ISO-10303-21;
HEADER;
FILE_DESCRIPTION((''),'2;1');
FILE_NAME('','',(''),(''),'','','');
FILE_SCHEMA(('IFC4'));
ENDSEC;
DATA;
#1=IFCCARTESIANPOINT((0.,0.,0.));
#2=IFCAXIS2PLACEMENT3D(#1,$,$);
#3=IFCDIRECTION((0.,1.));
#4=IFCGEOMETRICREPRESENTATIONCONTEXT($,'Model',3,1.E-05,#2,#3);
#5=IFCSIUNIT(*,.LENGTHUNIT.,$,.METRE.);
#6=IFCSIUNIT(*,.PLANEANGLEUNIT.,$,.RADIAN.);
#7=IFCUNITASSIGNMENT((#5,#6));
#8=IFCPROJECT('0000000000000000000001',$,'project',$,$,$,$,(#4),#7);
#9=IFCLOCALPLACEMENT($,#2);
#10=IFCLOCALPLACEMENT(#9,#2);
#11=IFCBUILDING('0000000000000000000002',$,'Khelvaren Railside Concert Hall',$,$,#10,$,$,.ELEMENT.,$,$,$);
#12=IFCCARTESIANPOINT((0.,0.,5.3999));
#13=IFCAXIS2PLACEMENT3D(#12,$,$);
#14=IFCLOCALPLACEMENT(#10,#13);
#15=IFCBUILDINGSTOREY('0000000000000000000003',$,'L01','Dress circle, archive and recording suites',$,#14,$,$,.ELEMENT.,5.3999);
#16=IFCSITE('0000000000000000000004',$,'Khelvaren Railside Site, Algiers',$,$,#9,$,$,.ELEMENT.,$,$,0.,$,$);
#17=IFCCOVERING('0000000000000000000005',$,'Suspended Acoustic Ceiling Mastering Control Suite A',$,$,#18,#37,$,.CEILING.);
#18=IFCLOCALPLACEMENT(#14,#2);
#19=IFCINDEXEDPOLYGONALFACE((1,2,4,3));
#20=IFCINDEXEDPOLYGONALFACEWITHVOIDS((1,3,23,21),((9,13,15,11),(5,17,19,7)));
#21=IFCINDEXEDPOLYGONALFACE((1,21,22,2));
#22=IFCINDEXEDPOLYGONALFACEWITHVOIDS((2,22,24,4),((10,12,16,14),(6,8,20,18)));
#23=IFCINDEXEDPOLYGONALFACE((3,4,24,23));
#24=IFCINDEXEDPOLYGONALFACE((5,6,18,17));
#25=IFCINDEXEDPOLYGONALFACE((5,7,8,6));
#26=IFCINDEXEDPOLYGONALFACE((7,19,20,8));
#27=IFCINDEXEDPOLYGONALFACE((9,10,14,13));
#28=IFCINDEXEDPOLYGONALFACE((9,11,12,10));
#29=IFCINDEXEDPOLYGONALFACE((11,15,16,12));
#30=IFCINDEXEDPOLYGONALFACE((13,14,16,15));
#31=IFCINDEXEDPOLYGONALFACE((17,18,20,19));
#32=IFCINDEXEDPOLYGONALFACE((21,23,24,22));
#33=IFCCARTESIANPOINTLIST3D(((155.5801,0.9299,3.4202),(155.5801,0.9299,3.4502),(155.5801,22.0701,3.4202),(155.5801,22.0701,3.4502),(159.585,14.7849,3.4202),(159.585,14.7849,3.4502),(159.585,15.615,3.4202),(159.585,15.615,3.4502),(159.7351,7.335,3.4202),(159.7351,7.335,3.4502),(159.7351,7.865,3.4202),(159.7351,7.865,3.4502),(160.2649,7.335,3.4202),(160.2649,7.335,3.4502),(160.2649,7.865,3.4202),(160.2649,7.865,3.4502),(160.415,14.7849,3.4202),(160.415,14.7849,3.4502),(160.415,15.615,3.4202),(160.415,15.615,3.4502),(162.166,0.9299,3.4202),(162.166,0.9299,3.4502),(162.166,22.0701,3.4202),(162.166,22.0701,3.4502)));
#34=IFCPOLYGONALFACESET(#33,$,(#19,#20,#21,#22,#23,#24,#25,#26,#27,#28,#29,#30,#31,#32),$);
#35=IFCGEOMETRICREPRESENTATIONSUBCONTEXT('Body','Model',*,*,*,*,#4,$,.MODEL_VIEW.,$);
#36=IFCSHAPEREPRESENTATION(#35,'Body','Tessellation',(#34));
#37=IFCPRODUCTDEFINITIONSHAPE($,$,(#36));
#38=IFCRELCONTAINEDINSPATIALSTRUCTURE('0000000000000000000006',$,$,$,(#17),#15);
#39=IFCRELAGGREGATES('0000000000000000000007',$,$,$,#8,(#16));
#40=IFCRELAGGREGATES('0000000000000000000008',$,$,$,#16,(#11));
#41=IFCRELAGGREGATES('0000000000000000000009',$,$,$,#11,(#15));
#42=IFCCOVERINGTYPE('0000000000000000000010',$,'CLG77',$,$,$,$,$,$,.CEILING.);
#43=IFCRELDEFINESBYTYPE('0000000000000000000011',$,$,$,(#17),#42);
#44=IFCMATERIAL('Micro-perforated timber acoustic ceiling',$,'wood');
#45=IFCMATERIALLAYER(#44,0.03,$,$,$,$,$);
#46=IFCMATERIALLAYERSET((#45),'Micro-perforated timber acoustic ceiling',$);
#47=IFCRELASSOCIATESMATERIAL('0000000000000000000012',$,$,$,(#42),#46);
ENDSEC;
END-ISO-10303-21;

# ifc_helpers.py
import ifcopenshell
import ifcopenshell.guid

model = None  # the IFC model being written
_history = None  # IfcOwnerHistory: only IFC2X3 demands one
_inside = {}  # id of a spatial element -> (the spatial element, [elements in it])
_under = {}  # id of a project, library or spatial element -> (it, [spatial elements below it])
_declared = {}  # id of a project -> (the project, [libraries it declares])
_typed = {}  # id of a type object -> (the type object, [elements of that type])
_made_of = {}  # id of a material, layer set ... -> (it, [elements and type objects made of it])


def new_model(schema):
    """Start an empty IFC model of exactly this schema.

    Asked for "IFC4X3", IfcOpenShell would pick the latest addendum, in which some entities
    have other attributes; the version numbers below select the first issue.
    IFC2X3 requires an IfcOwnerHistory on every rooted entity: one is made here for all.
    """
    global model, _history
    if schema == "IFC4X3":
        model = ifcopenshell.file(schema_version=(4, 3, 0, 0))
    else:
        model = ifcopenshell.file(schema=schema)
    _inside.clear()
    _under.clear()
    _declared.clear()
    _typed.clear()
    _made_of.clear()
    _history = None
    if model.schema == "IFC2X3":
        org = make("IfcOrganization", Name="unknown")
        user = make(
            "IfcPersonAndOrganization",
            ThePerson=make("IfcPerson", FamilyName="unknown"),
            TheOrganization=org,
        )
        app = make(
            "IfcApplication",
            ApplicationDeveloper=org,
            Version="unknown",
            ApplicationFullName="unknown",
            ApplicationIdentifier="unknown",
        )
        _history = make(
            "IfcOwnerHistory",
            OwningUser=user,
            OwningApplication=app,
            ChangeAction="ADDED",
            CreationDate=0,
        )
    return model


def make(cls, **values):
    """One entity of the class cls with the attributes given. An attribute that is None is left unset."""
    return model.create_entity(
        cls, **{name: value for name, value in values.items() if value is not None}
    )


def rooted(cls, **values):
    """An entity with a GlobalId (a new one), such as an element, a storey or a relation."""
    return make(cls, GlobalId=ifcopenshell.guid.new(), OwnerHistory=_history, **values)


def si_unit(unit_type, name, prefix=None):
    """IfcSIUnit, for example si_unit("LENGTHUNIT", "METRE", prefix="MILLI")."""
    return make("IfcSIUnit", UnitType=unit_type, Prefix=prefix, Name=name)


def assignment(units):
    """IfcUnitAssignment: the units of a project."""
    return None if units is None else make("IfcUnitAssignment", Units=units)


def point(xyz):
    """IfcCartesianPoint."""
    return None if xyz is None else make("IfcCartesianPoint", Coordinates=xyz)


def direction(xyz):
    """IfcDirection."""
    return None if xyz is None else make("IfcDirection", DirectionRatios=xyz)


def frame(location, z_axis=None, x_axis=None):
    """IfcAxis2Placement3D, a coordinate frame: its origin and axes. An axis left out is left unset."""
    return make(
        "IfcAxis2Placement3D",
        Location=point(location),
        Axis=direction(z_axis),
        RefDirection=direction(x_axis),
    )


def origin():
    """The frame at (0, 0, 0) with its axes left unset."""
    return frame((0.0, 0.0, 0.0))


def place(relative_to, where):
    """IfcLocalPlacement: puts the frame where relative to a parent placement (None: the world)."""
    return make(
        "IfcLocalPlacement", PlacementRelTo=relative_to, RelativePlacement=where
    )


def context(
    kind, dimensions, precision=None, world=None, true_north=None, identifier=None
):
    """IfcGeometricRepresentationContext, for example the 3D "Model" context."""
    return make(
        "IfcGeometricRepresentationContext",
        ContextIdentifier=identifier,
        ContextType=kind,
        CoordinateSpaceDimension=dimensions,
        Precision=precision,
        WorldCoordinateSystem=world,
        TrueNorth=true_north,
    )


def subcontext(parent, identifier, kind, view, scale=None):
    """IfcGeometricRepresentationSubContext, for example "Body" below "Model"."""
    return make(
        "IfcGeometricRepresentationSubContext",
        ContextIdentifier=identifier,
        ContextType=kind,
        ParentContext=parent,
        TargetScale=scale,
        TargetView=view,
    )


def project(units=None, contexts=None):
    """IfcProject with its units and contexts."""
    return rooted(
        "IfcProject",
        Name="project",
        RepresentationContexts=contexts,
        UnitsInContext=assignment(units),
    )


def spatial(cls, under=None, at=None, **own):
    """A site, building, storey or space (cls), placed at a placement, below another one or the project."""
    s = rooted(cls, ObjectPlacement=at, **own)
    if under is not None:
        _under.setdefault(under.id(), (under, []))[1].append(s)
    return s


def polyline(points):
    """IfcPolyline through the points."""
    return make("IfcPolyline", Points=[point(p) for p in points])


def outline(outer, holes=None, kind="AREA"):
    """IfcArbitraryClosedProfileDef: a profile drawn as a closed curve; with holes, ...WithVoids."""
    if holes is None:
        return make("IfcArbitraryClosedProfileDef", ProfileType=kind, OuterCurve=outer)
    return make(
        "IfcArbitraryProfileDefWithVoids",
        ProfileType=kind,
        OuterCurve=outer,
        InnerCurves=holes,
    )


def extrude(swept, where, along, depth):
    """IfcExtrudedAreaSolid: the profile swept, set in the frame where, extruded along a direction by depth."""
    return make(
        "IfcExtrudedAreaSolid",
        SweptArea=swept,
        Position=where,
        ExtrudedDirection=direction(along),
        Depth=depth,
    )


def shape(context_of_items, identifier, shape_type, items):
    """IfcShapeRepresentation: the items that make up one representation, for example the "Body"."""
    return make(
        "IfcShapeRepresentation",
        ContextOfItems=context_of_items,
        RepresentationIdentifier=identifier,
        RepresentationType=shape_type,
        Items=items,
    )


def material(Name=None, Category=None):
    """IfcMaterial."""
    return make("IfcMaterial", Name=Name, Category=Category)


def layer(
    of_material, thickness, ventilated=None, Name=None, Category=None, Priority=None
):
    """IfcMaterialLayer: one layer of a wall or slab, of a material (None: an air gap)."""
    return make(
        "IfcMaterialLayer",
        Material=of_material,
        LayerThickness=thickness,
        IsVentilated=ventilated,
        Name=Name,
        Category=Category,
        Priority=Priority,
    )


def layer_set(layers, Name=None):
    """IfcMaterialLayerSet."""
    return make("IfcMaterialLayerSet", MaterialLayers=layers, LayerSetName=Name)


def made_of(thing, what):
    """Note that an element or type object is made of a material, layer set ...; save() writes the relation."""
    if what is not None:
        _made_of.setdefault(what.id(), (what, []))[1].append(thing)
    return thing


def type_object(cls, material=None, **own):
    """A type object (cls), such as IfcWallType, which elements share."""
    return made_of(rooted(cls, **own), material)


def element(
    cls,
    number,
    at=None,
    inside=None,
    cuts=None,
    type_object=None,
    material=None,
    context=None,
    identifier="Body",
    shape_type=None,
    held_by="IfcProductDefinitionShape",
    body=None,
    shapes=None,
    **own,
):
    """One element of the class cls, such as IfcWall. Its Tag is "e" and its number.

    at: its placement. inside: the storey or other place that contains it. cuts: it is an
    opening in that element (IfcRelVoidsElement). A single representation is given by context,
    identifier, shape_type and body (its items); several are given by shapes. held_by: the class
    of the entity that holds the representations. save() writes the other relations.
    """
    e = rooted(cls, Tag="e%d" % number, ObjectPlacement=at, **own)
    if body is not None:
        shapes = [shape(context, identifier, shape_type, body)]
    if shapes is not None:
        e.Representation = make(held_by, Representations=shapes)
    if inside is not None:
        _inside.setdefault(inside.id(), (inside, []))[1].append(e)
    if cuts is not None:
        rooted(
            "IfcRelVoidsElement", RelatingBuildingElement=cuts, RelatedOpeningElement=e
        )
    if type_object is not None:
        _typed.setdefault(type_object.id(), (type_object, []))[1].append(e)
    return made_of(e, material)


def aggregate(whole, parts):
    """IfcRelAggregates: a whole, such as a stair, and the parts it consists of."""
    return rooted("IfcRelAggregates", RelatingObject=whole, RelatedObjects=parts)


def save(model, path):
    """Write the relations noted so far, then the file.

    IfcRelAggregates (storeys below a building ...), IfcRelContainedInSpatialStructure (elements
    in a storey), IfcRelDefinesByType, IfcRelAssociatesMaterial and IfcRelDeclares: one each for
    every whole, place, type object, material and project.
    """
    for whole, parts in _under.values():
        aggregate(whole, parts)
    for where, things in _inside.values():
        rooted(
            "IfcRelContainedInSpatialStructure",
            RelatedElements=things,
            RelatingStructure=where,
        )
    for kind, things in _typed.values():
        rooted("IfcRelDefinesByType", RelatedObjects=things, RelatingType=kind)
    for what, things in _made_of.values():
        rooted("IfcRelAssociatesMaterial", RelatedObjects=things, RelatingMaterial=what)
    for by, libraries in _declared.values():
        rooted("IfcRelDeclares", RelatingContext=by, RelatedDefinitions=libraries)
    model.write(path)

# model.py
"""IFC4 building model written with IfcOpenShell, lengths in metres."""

from ifc_helpers import new_model, si_unit, direction, frame, origin, place, context, subcontext, project, spatial, polyline, outline, extrude, material, layer, layer_set, type_object, element, save


model = new_model("IFC4")

# Units and contexts
model_context = context("Model", 3, precision=1e-05, world=origin(), true_north=direction((0.0, 1.0)))
body_context = subcontext(model_context, "Body", "Model", "MODEL_VIEW")
ifc_project = project(units=[si_unit("LENGTHUNIT", "METRE"), si_unit("PLANEANGLEUNIT", "RADIAN")], contexts=[model_context])

# Site, building, storey
site_placement = place(None, origin())
site = spatial("IfcSite", under=ifc_project, at=site_placement, Name="Khelvaren Railside Site, Algiers", CompositionType="ELEMENT", RefElevation=0.0)
building_placement = place(site_placement, origin())
building = spatial("IfcBuilding", under=site, at=building_placement, Name="Khelvaren Railside Concert Hall", CompositionType="ELEMENT")
storey_placement = place(building_placement, frame((0.0, 0.0, 5.3999)))
storey = spatial("IfcBuildingStorey", under=building, at=storey_placement, Name="L01", Description="Dress circle, archive and recording suites", CompositionType="ELEMENT", Elevation=5.3999)

# Covering
ifc_material_1 = material(Name="Micro-perforated timber acoustic ceiling", Category="wood")
ifc_layer_1 = layer(ifc_material_1, 0.03)
ifc_layer_set_1 = layer_set([ifc_layer_1], Name="Micro-perforated timber acoustic ceiling")
covering_type_1 = type_object("IfcCoveringType", Name="CLG77", PredefinedType="CEILING", material=ifc_layer_set_1)
covering_1_placement = place(storey_placement, frame((0.0, 0.0, 3.4202)))
element("IfcCovering", 1, at=covering_1_placement, inside=storey, type_object=covering_type_1, Name="Suspended Acoustic Ceiling Mastering Control Suite A", PredefinedType="CEILING", context=body_context, shape_type="SweptSolid", body=[
    extrude(outline(polyline([(155.5801, 0.9299), (162.166, 0.9299), (162.166, 22.0701), (155.5801, 22.0701), (155.5801, 0.9299)]), holes=[polyline([(159.7351, 7.335), (160.2649, 7.335), (160.2649, 7.865), (159.7351, 7.865), (159.7351, 7.335)]), polyline([(159.585, 14.7849), (160.415, 14.7849), (160.415, 15.615), (159.585, 15.615), (159.585, 14.7849)])]), origin(), (0.0, 0.0, 1.0), 0.03),
])

save(model, "model.ifc")
